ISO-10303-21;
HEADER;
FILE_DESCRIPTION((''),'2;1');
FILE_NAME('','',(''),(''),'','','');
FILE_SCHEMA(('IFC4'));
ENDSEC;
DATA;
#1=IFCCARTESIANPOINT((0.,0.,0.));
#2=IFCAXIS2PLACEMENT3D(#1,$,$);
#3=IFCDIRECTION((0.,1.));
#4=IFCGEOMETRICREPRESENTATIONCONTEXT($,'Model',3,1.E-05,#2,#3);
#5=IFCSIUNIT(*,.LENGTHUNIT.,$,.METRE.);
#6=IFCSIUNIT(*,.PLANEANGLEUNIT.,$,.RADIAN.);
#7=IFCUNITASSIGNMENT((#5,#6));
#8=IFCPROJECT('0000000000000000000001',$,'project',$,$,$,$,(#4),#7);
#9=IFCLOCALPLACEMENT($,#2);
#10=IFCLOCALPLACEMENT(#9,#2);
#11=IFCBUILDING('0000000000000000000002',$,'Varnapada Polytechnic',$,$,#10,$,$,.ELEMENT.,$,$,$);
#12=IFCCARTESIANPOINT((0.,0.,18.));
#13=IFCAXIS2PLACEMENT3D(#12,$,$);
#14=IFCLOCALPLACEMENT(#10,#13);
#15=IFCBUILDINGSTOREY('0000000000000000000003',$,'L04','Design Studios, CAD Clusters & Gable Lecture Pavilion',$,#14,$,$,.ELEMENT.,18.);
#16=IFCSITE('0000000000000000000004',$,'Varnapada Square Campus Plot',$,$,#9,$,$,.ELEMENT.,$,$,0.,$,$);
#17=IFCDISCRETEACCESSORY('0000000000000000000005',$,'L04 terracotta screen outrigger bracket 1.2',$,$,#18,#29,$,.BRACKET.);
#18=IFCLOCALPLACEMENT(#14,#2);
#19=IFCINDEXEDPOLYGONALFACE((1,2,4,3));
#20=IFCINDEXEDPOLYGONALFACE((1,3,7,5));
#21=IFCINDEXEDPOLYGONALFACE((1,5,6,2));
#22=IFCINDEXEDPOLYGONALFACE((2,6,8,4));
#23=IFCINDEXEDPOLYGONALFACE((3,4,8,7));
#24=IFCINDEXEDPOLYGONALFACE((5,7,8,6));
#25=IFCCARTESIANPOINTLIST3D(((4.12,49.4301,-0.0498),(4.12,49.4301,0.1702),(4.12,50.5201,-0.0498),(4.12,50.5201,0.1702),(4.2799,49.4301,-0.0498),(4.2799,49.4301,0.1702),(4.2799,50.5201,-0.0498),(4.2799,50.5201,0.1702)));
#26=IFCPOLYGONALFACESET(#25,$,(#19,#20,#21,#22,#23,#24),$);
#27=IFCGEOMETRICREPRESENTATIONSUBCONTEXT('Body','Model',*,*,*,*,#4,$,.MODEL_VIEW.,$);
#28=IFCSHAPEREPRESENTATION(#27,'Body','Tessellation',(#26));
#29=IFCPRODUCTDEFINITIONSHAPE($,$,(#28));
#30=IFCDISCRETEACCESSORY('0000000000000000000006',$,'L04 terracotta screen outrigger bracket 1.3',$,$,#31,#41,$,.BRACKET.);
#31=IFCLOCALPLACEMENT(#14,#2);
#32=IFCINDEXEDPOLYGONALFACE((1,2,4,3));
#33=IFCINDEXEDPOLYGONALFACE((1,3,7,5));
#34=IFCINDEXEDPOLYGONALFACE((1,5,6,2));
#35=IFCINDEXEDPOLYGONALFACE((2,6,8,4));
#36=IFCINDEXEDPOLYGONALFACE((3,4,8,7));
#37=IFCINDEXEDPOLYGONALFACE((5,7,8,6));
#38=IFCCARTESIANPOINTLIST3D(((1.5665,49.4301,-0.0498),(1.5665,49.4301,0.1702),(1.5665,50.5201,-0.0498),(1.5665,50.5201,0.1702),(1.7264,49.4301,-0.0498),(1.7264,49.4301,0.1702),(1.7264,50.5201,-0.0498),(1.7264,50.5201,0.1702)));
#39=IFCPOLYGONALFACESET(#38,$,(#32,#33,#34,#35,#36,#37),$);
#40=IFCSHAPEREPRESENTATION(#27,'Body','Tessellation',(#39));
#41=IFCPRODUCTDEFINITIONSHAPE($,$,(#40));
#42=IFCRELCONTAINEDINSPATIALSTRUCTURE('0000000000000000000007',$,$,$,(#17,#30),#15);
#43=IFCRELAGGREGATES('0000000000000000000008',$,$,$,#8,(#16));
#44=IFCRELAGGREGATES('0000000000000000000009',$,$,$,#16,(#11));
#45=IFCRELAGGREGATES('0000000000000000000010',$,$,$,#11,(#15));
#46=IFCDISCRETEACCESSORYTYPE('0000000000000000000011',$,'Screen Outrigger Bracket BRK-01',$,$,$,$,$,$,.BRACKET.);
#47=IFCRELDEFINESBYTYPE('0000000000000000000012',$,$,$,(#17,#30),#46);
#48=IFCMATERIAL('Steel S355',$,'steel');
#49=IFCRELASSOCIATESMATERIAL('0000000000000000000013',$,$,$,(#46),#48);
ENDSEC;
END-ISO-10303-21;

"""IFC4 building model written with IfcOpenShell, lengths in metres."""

from ifc_helpers import new_model, si_unit, direction, frame, origin, origin_2d, place, context, subcontext, project, spatial, rectangle, extrude, material, type_object, element, save


model = new_model("IFC4")

# Units and contexts
model_context = context("Model", 3, precision=1e-05, world=origin(), true_north=direction((0.0, 1.0)))
body_context = subcontext(model_context, "Body", "Model", "MODEL_VIEW")
ifc_project = project(units=[si_unit("LENGTHUNIT", "METRE"), si_unit("PLANEANGLEUNIT", "RADIAN")], contexts=[model_context])

# Site, building, storey
site_placement = place(None, origin())
site = spatial("IfcSite", under=ifc_project, at=site_placement, Name="Varnapada Square Campus Plot", CompositionType="ELEMENT", RefElevation=0.0)
building_placement = place(site_placement, origin())
building = spatial("IfcBuilding", under=site, at=building_placement, Name="Varnapada Polytechnic", CompositionType="ELEMENT")
storey_placement = place(building_placement, frame((0.0, 0.0, 18.0)))
storey = spatial("IfcBuildingStorey", under=building, at=storey_placement, Name="L04", Description="Design Studios, CAD Clusters & Gable Lecture Pavilion", CompositionType="ELEMENT", Elevation=18.0)

# Discrete accessories
ifc_material_1 = material(Name="Steel S355", Category="steel")
discrete_accessory_type = type_object("IfcDiscreteAccessoryType", Name="Screen Outrigger Bracket BRK-01", PredefinedType="BRACKET", material=ifc_material_1)
for number, where, z_axis, x_axis, name in (
    (1, (4.2, 49.9751, -0.0498), (0.0, 0.0, 1.0), (-1.0, 0.0, 0.0), "L04 terracotta screen outrigger bracket 1.2"),
    (2, (1.6465, 49.9751, -0.0498), (0.0, 0.0, 1.0), (-1.0, 0.0, 0.0), "L04 terracotta screen outrigger bracket 1.3"),
):
    element("IfcDiscreteAccessory", number, at=place(storey_placement, frame(where, z_axis=z_axis, x_axis=x_axis)), inside=storey, type_object=discrete_accessory_type, Name=name, PredefinedType="BRACKET", context=body_context, shape_type="SweptSolid", body=[
        extrude(rectangle(XDim=0.1599, YDim=1.0901, at=origin_2d()), origin(), (0.0, 0.0, 1.0), 0.22),
    ])

save(model, "model.ifc")
